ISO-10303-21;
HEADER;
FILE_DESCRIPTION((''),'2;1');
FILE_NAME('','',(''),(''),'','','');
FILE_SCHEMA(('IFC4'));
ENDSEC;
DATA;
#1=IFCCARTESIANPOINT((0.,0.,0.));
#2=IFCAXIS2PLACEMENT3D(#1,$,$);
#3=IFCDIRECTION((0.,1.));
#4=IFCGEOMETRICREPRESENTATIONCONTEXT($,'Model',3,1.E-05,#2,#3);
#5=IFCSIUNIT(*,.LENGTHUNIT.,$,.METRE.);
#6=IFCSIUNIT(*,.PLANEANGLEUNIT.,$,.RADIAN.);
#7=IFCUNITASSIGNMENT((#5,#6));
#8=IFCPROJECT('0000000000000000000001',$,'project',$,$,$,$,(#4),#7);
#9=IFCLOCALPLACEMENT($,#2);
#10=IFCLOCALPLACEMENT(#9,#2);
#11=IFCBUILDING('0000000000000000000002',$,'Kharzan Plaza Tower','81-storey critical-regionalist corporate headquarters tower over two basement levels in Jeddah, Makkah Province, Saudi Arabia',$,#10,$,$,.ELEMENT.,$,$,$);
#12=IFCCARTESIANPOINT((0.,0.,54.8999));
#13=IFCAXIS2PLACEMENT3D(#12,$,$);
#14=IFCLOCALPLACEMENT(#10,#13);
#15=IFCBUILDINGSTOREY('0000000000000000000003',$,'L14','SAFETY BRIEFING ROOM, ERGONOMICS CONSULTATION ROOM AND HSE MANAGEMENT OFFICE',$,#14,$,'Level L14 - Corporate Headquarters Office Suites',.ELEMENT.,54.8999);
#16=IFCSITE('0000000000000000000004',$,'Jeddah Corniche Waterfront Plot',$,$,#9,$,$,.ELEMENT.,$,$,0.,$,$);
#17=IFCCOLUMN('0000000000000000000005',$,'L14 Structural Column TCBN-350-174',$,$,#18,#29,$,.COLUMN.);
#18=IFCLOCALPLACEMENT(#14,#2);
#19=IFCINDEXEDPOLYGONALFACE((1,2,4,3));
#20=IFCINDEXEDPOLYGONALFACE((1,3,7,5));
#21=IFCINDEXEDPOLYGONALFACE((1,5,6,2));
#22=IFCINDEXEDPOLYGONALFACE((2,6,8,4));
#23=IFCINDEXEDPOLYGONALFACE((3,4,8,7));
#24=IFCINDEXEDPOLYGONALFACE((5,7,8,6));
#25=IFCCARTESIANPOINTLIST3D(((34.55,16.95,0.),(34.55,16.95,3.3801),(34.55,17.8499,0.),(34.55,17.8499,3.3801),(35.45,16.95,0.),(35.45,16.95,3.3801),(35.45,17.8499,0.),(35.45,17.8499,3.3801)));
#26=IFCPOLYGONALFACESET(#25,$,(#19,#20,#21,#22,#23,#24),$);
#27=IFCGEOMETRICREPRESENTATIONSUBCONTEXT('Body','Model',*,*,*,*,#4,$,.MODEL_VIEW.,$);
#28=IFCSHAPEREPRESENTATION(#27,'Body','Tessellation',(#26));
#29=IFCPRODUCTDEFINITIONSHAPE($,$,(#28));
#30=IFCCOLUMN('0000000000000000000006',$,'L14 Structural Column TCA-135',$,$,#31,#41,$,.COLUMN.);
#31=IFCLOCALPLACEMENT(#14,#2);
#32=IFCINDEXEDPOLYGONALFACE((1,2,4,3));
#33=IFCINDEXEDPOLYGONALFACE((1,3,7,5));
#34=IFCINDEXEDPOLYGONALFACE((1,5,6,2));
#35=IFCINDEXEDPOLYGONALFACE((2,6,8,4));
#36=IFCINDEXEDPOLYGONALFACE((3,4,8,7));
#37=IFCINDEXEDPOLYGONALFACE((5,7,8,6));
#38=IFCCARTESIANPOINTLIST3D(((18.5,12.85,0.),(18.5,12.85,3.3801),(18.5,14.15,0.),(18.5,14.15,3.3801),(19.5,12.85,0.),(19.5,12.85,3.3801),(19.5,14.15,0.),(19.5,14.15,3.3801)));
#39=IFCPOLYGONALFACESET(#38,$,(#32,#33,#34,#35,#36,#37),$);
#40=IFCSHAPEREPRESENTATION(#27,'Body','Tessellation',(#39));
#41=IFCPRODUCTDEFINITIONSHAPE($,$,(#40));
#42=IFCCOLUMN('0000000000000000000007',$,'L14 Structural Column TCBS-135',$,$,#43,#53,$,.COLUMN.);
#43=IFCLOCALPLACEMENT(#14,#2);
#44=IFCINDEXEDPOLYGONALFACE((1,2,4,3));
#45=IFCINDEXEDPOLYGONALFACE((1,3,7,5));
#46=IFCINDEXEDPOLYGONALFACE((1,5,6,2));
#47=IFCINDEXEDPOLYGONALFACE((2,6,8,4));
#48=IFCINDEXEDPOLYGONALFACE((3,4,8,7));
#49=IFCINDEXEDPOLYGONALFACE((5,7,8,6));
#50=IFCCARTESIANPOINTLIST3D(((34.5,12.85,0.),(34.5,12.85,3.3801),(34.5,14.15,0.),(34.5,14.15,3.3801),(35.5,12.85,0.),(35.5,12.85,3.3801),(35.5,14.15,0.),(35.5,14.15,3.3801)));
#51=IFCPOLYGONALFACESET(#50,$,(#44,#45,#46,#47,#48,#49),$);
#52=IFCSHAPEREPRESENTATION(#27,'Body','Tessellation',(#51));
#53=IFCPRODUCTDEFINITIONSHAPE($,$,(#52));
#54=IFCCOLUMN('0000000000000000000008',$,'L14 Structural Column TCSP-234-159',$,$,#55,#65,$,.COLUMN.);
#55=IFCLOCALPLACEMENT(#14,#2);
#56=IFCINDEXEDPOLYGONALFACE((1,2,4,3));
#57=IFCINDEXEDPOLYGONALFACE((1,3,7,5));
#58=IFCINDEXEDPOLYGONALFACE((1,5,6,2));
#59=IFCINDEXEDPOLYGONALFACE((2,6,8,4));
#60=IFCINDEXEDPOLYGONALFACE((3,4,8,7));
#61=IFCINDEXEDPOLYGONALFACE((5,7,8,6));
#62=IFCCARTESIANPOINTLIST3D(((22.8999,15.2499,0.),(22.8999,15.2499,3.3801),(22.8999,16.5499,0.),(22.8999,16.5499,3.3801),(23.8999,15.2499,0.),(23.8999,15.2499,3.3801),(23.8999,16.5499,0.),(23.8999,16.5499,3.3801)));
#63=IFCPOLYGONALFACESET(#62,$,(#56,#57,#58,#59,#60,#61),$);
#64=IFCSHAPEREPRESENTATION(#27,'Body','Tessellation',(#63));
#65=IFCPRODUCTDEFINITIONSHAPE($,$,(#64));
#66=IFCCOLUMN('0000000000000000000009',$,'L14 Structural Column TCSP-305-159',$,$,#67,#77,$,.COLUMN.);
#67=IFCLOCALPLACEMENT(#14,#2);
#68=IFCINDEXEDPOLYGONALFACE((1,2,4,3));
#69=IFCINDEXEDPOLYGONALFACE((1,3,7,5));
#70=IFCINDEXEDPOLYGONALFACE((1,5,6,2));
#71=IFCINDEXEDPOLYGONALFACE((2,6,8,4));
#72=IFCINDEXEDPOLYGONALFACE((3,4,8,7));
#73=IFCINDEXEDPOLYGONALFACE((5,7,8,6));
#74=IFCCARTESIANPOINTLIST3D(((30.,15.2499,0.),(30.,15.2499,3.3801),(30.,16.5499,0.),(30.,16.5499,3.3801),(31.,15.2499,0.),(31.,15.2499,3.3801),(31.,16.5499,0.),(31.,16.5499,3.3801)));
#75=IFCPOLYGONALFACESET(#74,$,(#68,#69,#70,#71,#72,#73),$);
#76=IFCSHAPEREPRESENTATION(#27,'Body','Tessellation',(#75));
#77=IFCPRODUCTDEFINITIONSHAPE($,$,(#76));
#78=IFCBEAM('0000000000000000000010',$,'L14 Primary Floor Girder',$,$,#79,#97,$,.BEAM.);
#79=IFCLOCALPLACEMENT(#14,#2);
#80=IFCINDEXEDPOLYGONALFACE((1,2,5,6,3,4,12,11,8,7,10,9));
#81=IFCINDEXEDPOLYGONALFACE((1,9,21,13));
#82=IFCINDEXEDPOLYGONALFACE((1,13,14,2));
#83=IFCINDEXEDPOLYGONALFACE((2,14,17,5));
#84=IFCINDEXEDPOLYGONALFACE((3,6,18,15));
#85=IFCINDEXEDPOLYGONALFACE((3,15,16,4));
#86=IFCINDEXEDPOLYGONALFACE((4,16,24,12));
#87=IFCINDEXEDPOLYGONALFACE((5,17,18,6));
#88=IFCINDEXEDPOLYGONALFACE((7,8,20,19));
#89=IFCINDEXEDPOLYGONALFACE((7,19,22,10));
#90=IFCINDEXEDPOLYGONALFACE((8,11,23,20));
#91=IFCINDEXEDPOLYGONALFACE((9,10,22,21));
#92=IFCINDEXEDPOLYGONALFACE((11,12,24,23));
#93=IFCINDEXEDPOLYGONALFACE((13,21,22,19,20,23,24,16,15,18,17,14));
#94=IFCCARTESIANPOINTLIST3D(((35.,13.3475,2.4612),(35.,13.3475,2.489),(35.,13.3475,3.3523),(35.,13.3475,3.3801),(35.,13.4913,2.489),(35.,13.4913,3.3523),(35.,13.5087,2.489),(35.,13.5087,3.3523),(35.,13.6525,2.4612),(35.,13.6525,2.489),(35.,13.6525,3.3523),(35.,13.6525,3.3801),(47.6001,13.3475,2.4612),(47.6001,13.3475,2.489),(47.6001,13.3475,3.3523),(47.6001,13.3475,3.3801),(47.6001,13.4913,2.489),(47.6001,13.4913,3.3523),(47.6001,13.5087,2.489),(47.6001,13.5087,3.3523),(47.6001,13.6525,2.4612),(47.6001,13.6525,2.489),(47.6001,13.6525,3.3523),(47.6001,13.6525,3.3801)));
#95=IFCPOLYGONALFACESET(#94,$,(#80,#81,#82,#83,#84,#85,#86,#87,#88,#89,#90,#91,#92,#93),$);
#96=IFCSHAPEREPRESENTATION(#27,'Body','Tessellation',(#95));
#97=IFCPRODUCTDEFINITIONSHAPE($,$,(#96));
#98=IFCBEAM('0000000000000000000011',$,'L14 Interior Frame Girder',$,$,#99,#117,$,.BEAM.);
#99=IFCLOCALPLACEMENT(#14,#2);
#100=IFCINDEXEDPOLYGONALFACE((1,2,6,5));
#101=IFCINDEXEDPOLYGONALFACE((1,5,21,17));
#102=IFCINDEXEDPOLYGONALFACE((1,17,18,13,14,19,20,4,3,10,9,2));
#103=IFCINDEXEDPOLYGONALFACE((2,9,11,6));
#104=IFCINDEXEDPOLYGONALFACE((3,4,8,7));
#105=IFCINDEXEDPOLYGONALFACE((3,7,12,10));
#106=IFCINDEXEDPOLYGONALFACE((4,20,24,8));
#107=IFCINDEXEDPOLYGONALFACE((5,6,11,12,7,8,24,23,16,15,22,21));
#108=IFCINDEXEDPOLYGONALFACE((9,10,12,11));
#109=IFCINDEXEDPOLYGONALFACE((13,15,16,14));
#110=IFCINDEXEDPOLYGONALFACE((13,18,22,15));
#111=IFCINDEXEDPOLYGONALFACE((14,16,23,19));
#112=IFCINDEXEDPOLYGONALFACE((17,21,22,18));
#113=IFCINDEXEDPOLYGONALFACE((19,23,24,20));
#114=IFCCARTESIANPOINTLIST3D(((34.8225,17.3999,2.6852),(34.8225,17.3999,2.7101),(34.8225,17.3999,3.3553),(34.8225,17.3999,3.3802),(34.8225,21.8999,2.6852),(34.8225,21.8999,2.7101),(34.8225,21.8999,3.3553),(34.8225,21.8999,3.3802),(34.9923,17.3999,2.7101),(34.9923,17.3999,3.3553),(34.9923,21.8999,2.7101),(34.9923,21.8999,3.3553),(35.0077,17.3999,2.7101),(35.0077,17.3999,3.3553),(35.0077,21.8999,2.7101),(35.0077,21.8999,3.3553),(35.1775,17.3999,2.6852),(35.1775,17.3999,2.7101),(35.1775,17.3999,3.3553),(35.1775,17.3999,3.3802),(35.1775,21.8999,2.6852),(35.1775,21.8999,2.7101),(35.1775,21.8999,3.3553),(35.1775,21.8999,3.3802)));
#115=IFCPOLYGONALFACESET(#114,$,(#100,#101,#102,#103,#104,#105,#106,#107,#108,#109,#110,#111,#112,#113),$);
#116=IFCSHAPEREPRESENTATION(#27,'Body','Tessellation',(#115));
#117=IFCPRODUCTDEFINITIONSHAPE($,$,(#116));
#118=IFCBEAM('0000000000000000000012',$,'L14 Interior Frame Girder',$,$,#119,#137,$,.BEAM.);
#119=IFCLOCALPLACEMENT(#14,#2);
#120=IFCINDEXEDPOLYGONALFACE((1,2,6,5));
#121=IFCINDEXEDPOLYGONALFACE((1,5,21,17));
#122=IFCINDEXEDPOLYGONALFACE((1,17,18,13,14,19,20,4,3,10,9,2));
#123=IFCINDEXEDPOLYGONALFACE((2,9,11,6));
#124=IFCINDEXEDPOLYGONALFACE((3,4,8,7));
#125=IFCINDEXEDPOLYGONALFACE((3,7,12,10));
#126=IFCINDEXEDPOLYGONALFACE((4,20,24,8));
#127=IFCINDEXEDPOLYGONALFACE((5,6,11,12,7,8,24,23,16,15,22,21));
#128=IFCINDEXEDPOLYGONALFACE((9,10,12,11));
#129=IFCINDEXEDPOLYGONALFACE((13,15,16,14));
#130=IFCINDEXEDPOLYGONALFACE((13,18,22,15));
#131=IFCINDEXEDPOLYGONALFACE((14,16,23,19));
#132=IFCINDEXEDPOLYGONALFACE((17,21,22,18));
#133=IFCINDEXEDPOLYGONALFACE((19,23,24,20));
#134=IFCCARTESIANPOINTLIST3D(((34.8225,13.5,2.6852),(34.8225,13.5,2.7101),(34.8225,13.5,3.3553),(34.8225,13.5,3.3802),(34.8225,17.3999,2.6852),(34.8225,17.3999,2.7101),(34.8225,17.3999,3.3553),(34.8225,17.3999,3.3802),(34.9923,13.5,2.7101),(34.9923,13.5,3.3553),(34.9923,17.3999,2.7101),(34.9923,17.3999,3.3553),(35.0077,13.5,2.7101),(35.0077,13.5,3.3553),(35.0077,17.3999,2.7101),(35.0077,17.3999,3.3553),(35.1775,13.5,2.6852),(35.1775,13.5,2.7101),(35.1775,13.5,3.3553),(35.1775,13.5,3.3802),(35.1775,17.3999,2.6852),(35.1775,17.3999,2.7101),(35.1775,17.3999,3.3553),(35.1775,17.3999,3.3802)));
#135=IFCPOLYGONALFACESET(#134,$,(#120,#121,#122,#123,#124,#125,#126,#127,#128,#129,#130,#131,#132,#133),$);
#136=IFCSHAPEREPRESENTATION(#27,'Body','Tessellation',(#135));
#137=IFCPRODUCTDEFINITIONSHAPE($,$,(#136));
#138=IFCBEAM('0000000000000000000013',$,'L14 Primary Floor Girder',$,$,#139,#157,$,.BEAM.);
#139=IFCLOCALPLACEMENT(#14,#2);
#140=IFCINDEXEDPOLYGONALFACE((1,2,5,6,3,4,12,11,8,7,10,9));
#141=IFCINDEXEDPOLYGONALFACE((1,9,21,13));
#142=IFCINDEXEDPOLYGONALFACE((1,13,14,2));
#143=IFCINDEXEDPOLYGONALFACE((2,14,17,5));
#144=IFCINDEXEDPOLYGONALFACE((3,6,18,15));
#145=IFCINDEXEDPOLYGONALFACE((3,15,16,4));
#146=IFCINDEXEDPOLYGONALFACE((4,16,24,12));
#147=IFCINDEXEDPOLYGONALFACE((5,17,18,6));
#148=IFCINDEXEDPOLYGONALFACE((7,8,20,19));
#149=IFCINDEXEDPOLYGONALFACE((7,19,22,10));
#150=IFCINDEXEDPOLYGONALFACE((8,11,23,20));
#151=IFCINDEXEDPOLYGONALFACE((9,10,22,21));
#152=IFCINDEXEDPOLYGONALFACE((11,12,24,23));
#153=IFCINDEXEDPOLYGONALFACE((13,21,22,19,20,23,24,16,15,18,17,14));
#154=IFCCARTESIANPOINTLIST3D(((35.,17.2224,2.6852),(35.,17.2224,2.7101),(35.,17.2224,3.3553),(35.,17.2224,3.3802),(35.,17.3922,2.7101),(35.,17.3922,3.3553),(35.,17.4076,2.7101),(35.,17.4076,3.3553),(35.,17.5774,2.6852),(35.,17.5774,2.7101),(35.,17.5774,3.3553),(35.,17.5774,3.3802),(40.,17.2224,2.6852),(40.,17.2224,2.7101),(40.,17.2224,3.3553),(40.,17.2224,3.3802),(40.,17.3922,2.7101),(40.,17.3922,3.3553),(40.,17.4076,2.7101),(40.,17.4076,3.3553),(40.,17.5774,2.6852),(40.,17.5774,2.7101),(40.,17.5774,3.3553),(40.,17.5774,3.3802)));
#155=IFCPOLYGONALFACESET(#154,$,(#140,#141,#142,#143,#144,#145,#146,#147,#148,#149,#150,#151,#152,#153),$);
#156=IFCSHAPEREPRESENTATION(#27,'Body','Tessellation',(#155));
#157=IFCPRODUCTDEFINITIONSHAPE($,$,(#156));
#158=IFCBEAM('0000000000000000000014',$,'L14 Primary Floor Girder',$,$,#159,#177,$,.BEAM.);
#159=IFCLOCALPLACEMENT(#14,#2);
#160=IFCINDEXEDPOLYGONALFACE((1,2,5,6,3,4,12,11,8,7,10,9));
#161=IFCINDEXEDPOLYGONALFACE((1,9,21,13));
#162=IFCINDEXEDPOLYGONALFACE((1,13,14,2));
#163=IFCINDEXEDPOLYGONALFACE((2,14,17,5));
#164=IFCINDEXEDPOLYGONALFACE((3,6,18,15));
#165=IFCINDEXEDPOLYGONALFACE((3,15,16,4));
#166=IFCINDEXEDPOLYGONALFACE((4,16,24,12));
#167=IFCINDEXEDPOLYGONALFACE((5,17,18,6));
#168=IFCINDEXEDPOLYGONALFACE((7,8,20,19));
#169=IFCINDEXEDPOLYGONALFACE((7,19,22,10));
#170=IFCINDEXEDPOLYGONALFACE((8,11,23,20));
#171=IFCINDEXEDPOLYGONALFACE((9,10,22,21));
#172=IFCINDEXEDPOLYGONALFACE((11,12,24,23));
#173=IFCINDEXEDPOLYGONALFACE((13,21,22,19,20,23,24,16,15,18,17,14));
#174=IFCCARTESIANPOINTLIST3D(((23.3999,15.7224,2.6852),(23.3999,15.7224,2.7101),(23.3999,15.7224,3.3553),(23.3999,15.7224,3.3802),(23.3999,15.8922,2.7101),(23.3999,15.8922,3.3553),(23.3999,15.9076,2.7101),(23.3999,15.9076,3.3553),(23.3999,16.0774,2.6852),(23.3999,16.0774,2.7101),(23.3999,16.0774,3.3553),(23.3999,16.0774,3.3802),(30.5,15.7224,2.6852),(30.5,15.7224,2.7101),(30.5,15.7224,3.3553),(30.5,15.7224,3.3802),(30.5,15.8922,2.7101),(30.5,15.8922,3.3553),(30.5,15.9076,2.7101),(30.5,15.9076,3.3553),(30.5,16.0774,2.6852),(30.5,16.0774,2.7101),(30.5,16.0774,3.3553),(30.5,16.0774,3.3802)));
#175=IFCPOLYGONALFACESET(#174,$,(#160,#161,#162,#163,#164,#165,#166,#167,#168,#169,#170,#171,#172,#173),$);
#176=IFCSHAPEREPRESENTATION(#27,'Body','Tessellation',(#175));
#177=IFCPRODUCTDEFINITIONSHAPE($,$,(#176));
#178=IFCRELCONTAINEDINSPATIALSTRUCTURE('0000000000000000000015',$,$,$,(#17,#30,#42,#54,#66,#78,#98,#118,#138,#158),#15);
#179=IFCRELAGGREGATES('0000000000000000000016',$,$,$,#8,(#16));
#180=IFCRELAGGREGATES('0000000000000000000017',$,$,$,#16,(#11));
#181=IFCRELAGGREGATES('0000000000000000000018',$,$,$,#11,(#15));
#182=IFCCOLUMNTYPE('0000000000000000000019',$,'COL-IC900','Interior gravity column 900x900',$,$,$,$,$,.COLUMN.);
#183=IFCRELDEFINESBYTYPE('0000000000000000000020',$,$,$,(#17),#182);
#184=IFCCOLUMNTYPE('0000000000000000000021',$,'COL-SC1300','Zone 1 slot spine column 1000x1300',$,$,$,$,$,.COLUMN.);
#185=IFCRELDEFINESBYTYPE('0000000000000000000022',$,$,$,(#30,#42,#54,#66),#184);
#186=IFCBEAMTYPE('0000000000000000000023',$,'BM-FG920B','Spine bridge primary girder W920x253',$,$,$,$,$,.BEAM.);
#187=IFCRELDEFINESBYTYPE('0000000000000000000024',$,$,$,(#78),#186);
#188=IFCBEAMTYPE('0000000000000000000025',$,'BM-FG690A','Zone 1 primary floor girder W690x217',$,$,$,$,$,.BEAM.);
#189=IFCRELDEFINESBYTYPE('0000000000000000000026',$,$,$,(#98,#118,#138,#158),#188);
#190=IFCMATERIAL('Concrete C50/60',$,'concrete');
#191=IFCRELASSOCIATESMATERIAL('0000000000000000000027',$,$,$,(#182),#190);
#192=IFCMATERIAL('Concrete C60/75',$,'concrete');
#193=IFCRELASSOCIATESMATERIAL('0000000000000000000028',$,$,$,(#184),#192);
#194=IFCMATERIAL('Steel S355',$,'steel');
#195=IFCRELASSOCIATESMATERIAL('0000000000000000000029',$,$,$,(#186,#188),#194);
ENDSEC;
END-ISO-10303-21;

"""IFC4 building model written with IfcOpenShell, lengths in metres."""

from ifc_helpers import new_model, si_unit, direction, frame, origin, origin_2d, place, context, subcontext, project, spatial, rectangle, i_section, extrude, source, transform, mapped, material, material_profile, profile_set, type_object, element, save


model = new_model("IFC4")

# Units and contexts
model_context = context("Model", 3, precision=1e-05, world=origin(), true_north=direction((0.0, 1.0)))
body_context = subcontext(model_context, "Body", "Model", "MODEL_VIEW")
ifc_project = project(units=[si_unit("LENGTHUNIT", "METRE"), si_unit("PLANEANGLEUNIT", "RADIAN")], contexts=[model_context])

# Site, building, storey
site_placement = place(None, origin())
site = spatial("IfcSite", under=ifc_project, at=site_placement, Name="Jeddah Corniche Waterfront Plot", CompositionType="ELEMENT", RefElevation=0.0)
building_placement = place(site_placement, origin())
building = spatial("IfcBuilding", under=site, at=building_placement, Name="Kharzan Plaza Tower", Description="81-storey critical-regionalist corporate headquarters tower over two basement levels in Jeddah, Makkah Province, Saudi Arabia", CompositionType="ELEMENT")
storey_placement = place(building_placement, frame((0.0, 0.0, 54.8999)))
storey = spatial("IfcBuildingStorey", under=building, at=storey_placement, Name="L14", Description="SAFETY BRIEFING ROOM, ERGONOMICS CONSULTATION ROOM AND HSE MANAGEMENT OFFICE", LongName="Level L14 - Corporate Headquarters Office Suites", CompositionType="ELEMENT", Elevation=54.8999)

# Columns
ifc_material_1 = material(Name="Concrete C50/60", Category="concrete")
ifc_material_profile_1 = material_profile(ifc_material_1, rectangle(XDim=0.8999, YDim=0.8999, at=origin_2d()), Name="RC-IC900x900")
ifc_profile_set_1 = profile_set([ifc_material_profile_1], Name="Concrete C50/60")
column_type_1 = type_object("IfcColumnType", Name="COL-IC900", Description="Interior gravity column 900x900", PredefinedType="COLUMN", material=ifc_profile_set_1)
shared_shape_1 = source(origin(), body_context, "Body", "SweptSolid", [
    extrude(rectangle(XDim=0.8999, YDim=0.8999, at=origin_2d()), origin(), (0.0, 0.0, 1.0), 3.3801),
])
column_placement = place(storey_placement, frame((35.0, 17.3999, 0.0), z_axis=(0.0, 0.0, 1.0), x_axis=(1.0, 0.0, 0.0)))
element("IfcColumn", 1, at=column_placement, inside=storey, type_object=column_type_1, Name="L14 Structural Column TCBN-350-174", PredefinedType="COLUMN", context=body_context, shape_type="MappedRepresentation", body=[
    mapped(shared_shape_1, transform((0.0, 0.0, 0.0), x_axis=(1.0, 0.0, 0.0), y_axis=(0.0, 1.0, 0.0), z_axis=(0.0, 0.0, 1.0))),
])
ifc_material_2 = material(Name="Concrete C60/75", Category="concrete")
ifc_material_profile_2 = material_profile(ifc_material_2, rectangle(XDim=1.0, YDim=1.3, at=origin_2d()), Name="RC-SC1300x1000")
ifc_profile_set_2 = profile_set([ifc_material_profile_2], Name="Concrete C60/75")
column_type_2 = type_object("IfcColumnType", Name="COL-SC1300", Description="Zone 1 slot spine column 1000x1300", PredefinedType="COLUMN", material=ifc_profile_set_2)
shared_shape_2 = source(origin(), body_context, "Body", "SweptSolid", [
    extrude(rectangle(XDim=1.0, YDim=1.3, at=origin_2d()), origin(), (0.0, 0.0, 1.0), 3.3801),
])
for number, where, z_axis, x_axis, name in (
    (2, (19.0, 13.5, 0.0), (0.0, 0.0, 1.0), (1.0, 0.0, 0.0), "L14 Structural Column TCA-135"),
    (3, (35.0, 13.5, 0.0), (0.0, 0.0, 1.0), (1.0, 0.0, 0.0), "L14 Structural Column TCBS-135"),
    (4, (23.3999, 15.8999, 0.0), (0.0, 0.0, 1.0), (1.0, 0.0, 0.0), "L14 Structural Column TCSP-234-159"),
    (5, (30.5, 15.8999, 0.0), (0.0, 0.0, 1.0), (1.0, 0.0, 0.0), "L14 Structural Column TCSP-305-159"),
):
    element("IfcColumn", number, at=place(storey_placement, frame(where, z_axis=z_axis, x_axis=x_axis)), inside=storey, type_object=column_type_2, Name=name, PredefinedType="COLUMN", context=body_context, shape_type="MappedRepresentation", body=[
        mapped(shared_shape_2, transform((0.0, 0.0, 0.0), x_axis=(1.0, 0.0, 0.0), y_axis=(0.0, 1.0, 0.0), z_axis=(0.0, 0.0, 1.0))),
    ])

# Beams
ifc_material_3 = material(Name="Steel S355", Category="steel")
ifc_material_profile_3 = material_profile(ifc_material_3, i_section(OverallWidth=0.3049, OverallDepth=0.9189, WebThickness=0.0173, FlangeThickness=0.0278, at=origin_2d()), Name="W920x253")
ifc_profile_set_3 = profile_set([ifc_material_profile_3], Name="Steel S355")
beam_type_1 = type_object("IfcBeamType", Name="BM-FG920B", Description="Spine bridge primary girder W920x253", PredefinedType="BEAM", material=ifc_profile_set_3)
shared_shape_3 = source(origin(), body_context, "Body", "SweptSolid", [
    extrude(i_section(OverallWidth=0.3049, OverallDepth=0.9189, WebThickness=0.0173, FlangeThickness=0.0278, at=origin_2d()), origin(), (0.0, 0.0, 1.0), 12.6001),
])
beam_1_placement = place(storey_placement, frame((35.0, 13.5, 2.9207), z_axis=(1.0, 0.0, 0.0), x_axis=(0.0, 1.0, 0.0)))
element("IfcBeam", 6, at=beam_1_placement, inside=storey, type_object=beam_type_1, Name="L14 Primary Floor Girder", PredefinedType="BEAM", context=body_context, shape_type="MappedRepresentation", body=[
    mapped(shared_shape_3, transform((0.0, 0.0, 0.0), x_axis=(1.0, 0.0, 0.0), y_axis=(0.0, 1.0, 0.0), z_axis=(0.0, 0.0, 1.0))),
])
ifc_material_profile_4 = material_profile(ifc_material_3, i_section(OverallWidth=0.355, OverallDepth=0.6951, WebThickness=0.0154, FlangeThickness=0.0249, at=origin_2d()), Name="W690x217")
ifc_profile_set_4 = profile_set([ifc_material_profile_4], Name="Steel S355")
beam_type_2 = type_object("IfcBeamType", Name="BM-FG690A", Description="Zone 1 primary floor girder W690x217", PredefinedType="BEAM", material=ifc_profile_set_4)
shared_shape_4 = source(origin(), body_context, "Body", "SweptSolid", [
    extrude(i_section(OverallWidth=0.355, OverallDepth=0.6951, WebThickness=0.0154, FlangeThickness=0.0249, at=origin_2d()), origin(), (0.0, 0.0, 1.0), 4.5),
])
beam_2_placement = place(storey_placement, frame((35.0, 17.3999, 3.0327), z_axis=(0.0, 1.0, 0.0), x_axis=(-1.0, 0.0, 0.0)))
element("IfcBeam", 7, at=beam_2_placement, inside=storey, type_object=beam_type_2, Name="L14 Interior Frame Girder", PredefinedType="BEAM", context=body_context, shape_type="MappedRepresentation", body=[
    mapped(shared_shape_4, transform((0.0, 0.0, 0.0), x_axis=(1.0, 0.0, 0.0), y_axis=(0.0, 1.0, 0.0), z_axis=(0.0, 0.0, 1.0))),
])
shared_shape_5 = source(origin(), body_context, "Body", "SweptSolid", [
    extrude(i_section(OverallWidth=0.355, OverallDepth=0.6951, WebThickness=0.0154, FlangeThickness=0.0249, at=origin_2d()), origin(), (0.0, 0.0, 1.0), 3.8999),
])
beam_3_placement = place(storey_placement, frame((35.0, 13.5, 3.0327), z_axis=(0.0, 1.0, 0.0), x_axis=(-1.0, 0.0, 0.0)))
element("IfcBeam", 8, at=beam_3_placement, inside=storey, type_object=beam_type_2, Name="L14 Interior Frame Girder", PredefinedType="BEAM", context=body_context, shape_type="MappedRepresentation", body=[
    mapped(shared_shape_5, transform((0.0, 0.0, 0.0), x_axis=(1.0, 0.0, 0.0), y_axis=(0.0, 1.0, 0.0), z_axis=(0.0, 0.0, 1.0))),
])
shared_shape_6 = source(origin(), body_context, "Body", "SweptSolid", [
    extrude(i_section(OverallWidth=0.355, OverallDepth=0.6951, WebThickness=0.0154, FlangeThickness=0.0249, at=origin_2d()), origin(), (0.0, 0.0, 1.0), 5.0),
])
beam_4_placement = place(storey_placement, frame((35.0, 17.3999, 3.0327), z_axis=(1.0, 0.0, 0.0), x_axis=(0.0, 1.0, 0.0)))
element("IfcBeam", 9, at=beam_4_placement, inside=storey, type_object=beam_type_2, Name="L14 Primary Floor Girder", PredefinedType="BEAM", context=body_context, shape_type="MappedRepresentation", body=[
    mapped(shared_shape_6, transform((0.0, 0.0, 0.0), x_axis=(1.0, 0.0, 0.0), y_axis=(0.0, 1.0, 0.0), z_axis=(0.0, 0.0, 1.0))),
])
shared_shape_7 = source(origin(), body_context, "Body", "SweptSolid", [
    extrude(i_section(OverallWidth=0.355, OverallDepth=0.6951, WebThickness=0.0154, FlangeThickness=0.0249, at=origin_2d()), origin(), (0.0, 0.0, 1.0), 7.1001),
])
beam_5_placement = place(storey_placement, frame((23.3999, 15.8999, 3.0327), z_axis=(1.0, 0.0, 0.0), x_axis=(0.0, 1.0, 0.0)))
element("IfcBeam", 10, at=beam_5_placement, inside=storey, type_object=beam_type_2, Name="L14 Primary Floor Girder", PredefinedType="BEAM", context=body_context, shape_type="MappedRepresentation", body=[
    mapped(shared_shape_7, transform((0.0, 0.0, 0.0), x_axis=(1.0, 0.0, 0.0), y_axis=(0.0, 1.0, 0.0), z_axis=(0.0, 0.0, 1.0))),
])

save(model, "model.ifc")
